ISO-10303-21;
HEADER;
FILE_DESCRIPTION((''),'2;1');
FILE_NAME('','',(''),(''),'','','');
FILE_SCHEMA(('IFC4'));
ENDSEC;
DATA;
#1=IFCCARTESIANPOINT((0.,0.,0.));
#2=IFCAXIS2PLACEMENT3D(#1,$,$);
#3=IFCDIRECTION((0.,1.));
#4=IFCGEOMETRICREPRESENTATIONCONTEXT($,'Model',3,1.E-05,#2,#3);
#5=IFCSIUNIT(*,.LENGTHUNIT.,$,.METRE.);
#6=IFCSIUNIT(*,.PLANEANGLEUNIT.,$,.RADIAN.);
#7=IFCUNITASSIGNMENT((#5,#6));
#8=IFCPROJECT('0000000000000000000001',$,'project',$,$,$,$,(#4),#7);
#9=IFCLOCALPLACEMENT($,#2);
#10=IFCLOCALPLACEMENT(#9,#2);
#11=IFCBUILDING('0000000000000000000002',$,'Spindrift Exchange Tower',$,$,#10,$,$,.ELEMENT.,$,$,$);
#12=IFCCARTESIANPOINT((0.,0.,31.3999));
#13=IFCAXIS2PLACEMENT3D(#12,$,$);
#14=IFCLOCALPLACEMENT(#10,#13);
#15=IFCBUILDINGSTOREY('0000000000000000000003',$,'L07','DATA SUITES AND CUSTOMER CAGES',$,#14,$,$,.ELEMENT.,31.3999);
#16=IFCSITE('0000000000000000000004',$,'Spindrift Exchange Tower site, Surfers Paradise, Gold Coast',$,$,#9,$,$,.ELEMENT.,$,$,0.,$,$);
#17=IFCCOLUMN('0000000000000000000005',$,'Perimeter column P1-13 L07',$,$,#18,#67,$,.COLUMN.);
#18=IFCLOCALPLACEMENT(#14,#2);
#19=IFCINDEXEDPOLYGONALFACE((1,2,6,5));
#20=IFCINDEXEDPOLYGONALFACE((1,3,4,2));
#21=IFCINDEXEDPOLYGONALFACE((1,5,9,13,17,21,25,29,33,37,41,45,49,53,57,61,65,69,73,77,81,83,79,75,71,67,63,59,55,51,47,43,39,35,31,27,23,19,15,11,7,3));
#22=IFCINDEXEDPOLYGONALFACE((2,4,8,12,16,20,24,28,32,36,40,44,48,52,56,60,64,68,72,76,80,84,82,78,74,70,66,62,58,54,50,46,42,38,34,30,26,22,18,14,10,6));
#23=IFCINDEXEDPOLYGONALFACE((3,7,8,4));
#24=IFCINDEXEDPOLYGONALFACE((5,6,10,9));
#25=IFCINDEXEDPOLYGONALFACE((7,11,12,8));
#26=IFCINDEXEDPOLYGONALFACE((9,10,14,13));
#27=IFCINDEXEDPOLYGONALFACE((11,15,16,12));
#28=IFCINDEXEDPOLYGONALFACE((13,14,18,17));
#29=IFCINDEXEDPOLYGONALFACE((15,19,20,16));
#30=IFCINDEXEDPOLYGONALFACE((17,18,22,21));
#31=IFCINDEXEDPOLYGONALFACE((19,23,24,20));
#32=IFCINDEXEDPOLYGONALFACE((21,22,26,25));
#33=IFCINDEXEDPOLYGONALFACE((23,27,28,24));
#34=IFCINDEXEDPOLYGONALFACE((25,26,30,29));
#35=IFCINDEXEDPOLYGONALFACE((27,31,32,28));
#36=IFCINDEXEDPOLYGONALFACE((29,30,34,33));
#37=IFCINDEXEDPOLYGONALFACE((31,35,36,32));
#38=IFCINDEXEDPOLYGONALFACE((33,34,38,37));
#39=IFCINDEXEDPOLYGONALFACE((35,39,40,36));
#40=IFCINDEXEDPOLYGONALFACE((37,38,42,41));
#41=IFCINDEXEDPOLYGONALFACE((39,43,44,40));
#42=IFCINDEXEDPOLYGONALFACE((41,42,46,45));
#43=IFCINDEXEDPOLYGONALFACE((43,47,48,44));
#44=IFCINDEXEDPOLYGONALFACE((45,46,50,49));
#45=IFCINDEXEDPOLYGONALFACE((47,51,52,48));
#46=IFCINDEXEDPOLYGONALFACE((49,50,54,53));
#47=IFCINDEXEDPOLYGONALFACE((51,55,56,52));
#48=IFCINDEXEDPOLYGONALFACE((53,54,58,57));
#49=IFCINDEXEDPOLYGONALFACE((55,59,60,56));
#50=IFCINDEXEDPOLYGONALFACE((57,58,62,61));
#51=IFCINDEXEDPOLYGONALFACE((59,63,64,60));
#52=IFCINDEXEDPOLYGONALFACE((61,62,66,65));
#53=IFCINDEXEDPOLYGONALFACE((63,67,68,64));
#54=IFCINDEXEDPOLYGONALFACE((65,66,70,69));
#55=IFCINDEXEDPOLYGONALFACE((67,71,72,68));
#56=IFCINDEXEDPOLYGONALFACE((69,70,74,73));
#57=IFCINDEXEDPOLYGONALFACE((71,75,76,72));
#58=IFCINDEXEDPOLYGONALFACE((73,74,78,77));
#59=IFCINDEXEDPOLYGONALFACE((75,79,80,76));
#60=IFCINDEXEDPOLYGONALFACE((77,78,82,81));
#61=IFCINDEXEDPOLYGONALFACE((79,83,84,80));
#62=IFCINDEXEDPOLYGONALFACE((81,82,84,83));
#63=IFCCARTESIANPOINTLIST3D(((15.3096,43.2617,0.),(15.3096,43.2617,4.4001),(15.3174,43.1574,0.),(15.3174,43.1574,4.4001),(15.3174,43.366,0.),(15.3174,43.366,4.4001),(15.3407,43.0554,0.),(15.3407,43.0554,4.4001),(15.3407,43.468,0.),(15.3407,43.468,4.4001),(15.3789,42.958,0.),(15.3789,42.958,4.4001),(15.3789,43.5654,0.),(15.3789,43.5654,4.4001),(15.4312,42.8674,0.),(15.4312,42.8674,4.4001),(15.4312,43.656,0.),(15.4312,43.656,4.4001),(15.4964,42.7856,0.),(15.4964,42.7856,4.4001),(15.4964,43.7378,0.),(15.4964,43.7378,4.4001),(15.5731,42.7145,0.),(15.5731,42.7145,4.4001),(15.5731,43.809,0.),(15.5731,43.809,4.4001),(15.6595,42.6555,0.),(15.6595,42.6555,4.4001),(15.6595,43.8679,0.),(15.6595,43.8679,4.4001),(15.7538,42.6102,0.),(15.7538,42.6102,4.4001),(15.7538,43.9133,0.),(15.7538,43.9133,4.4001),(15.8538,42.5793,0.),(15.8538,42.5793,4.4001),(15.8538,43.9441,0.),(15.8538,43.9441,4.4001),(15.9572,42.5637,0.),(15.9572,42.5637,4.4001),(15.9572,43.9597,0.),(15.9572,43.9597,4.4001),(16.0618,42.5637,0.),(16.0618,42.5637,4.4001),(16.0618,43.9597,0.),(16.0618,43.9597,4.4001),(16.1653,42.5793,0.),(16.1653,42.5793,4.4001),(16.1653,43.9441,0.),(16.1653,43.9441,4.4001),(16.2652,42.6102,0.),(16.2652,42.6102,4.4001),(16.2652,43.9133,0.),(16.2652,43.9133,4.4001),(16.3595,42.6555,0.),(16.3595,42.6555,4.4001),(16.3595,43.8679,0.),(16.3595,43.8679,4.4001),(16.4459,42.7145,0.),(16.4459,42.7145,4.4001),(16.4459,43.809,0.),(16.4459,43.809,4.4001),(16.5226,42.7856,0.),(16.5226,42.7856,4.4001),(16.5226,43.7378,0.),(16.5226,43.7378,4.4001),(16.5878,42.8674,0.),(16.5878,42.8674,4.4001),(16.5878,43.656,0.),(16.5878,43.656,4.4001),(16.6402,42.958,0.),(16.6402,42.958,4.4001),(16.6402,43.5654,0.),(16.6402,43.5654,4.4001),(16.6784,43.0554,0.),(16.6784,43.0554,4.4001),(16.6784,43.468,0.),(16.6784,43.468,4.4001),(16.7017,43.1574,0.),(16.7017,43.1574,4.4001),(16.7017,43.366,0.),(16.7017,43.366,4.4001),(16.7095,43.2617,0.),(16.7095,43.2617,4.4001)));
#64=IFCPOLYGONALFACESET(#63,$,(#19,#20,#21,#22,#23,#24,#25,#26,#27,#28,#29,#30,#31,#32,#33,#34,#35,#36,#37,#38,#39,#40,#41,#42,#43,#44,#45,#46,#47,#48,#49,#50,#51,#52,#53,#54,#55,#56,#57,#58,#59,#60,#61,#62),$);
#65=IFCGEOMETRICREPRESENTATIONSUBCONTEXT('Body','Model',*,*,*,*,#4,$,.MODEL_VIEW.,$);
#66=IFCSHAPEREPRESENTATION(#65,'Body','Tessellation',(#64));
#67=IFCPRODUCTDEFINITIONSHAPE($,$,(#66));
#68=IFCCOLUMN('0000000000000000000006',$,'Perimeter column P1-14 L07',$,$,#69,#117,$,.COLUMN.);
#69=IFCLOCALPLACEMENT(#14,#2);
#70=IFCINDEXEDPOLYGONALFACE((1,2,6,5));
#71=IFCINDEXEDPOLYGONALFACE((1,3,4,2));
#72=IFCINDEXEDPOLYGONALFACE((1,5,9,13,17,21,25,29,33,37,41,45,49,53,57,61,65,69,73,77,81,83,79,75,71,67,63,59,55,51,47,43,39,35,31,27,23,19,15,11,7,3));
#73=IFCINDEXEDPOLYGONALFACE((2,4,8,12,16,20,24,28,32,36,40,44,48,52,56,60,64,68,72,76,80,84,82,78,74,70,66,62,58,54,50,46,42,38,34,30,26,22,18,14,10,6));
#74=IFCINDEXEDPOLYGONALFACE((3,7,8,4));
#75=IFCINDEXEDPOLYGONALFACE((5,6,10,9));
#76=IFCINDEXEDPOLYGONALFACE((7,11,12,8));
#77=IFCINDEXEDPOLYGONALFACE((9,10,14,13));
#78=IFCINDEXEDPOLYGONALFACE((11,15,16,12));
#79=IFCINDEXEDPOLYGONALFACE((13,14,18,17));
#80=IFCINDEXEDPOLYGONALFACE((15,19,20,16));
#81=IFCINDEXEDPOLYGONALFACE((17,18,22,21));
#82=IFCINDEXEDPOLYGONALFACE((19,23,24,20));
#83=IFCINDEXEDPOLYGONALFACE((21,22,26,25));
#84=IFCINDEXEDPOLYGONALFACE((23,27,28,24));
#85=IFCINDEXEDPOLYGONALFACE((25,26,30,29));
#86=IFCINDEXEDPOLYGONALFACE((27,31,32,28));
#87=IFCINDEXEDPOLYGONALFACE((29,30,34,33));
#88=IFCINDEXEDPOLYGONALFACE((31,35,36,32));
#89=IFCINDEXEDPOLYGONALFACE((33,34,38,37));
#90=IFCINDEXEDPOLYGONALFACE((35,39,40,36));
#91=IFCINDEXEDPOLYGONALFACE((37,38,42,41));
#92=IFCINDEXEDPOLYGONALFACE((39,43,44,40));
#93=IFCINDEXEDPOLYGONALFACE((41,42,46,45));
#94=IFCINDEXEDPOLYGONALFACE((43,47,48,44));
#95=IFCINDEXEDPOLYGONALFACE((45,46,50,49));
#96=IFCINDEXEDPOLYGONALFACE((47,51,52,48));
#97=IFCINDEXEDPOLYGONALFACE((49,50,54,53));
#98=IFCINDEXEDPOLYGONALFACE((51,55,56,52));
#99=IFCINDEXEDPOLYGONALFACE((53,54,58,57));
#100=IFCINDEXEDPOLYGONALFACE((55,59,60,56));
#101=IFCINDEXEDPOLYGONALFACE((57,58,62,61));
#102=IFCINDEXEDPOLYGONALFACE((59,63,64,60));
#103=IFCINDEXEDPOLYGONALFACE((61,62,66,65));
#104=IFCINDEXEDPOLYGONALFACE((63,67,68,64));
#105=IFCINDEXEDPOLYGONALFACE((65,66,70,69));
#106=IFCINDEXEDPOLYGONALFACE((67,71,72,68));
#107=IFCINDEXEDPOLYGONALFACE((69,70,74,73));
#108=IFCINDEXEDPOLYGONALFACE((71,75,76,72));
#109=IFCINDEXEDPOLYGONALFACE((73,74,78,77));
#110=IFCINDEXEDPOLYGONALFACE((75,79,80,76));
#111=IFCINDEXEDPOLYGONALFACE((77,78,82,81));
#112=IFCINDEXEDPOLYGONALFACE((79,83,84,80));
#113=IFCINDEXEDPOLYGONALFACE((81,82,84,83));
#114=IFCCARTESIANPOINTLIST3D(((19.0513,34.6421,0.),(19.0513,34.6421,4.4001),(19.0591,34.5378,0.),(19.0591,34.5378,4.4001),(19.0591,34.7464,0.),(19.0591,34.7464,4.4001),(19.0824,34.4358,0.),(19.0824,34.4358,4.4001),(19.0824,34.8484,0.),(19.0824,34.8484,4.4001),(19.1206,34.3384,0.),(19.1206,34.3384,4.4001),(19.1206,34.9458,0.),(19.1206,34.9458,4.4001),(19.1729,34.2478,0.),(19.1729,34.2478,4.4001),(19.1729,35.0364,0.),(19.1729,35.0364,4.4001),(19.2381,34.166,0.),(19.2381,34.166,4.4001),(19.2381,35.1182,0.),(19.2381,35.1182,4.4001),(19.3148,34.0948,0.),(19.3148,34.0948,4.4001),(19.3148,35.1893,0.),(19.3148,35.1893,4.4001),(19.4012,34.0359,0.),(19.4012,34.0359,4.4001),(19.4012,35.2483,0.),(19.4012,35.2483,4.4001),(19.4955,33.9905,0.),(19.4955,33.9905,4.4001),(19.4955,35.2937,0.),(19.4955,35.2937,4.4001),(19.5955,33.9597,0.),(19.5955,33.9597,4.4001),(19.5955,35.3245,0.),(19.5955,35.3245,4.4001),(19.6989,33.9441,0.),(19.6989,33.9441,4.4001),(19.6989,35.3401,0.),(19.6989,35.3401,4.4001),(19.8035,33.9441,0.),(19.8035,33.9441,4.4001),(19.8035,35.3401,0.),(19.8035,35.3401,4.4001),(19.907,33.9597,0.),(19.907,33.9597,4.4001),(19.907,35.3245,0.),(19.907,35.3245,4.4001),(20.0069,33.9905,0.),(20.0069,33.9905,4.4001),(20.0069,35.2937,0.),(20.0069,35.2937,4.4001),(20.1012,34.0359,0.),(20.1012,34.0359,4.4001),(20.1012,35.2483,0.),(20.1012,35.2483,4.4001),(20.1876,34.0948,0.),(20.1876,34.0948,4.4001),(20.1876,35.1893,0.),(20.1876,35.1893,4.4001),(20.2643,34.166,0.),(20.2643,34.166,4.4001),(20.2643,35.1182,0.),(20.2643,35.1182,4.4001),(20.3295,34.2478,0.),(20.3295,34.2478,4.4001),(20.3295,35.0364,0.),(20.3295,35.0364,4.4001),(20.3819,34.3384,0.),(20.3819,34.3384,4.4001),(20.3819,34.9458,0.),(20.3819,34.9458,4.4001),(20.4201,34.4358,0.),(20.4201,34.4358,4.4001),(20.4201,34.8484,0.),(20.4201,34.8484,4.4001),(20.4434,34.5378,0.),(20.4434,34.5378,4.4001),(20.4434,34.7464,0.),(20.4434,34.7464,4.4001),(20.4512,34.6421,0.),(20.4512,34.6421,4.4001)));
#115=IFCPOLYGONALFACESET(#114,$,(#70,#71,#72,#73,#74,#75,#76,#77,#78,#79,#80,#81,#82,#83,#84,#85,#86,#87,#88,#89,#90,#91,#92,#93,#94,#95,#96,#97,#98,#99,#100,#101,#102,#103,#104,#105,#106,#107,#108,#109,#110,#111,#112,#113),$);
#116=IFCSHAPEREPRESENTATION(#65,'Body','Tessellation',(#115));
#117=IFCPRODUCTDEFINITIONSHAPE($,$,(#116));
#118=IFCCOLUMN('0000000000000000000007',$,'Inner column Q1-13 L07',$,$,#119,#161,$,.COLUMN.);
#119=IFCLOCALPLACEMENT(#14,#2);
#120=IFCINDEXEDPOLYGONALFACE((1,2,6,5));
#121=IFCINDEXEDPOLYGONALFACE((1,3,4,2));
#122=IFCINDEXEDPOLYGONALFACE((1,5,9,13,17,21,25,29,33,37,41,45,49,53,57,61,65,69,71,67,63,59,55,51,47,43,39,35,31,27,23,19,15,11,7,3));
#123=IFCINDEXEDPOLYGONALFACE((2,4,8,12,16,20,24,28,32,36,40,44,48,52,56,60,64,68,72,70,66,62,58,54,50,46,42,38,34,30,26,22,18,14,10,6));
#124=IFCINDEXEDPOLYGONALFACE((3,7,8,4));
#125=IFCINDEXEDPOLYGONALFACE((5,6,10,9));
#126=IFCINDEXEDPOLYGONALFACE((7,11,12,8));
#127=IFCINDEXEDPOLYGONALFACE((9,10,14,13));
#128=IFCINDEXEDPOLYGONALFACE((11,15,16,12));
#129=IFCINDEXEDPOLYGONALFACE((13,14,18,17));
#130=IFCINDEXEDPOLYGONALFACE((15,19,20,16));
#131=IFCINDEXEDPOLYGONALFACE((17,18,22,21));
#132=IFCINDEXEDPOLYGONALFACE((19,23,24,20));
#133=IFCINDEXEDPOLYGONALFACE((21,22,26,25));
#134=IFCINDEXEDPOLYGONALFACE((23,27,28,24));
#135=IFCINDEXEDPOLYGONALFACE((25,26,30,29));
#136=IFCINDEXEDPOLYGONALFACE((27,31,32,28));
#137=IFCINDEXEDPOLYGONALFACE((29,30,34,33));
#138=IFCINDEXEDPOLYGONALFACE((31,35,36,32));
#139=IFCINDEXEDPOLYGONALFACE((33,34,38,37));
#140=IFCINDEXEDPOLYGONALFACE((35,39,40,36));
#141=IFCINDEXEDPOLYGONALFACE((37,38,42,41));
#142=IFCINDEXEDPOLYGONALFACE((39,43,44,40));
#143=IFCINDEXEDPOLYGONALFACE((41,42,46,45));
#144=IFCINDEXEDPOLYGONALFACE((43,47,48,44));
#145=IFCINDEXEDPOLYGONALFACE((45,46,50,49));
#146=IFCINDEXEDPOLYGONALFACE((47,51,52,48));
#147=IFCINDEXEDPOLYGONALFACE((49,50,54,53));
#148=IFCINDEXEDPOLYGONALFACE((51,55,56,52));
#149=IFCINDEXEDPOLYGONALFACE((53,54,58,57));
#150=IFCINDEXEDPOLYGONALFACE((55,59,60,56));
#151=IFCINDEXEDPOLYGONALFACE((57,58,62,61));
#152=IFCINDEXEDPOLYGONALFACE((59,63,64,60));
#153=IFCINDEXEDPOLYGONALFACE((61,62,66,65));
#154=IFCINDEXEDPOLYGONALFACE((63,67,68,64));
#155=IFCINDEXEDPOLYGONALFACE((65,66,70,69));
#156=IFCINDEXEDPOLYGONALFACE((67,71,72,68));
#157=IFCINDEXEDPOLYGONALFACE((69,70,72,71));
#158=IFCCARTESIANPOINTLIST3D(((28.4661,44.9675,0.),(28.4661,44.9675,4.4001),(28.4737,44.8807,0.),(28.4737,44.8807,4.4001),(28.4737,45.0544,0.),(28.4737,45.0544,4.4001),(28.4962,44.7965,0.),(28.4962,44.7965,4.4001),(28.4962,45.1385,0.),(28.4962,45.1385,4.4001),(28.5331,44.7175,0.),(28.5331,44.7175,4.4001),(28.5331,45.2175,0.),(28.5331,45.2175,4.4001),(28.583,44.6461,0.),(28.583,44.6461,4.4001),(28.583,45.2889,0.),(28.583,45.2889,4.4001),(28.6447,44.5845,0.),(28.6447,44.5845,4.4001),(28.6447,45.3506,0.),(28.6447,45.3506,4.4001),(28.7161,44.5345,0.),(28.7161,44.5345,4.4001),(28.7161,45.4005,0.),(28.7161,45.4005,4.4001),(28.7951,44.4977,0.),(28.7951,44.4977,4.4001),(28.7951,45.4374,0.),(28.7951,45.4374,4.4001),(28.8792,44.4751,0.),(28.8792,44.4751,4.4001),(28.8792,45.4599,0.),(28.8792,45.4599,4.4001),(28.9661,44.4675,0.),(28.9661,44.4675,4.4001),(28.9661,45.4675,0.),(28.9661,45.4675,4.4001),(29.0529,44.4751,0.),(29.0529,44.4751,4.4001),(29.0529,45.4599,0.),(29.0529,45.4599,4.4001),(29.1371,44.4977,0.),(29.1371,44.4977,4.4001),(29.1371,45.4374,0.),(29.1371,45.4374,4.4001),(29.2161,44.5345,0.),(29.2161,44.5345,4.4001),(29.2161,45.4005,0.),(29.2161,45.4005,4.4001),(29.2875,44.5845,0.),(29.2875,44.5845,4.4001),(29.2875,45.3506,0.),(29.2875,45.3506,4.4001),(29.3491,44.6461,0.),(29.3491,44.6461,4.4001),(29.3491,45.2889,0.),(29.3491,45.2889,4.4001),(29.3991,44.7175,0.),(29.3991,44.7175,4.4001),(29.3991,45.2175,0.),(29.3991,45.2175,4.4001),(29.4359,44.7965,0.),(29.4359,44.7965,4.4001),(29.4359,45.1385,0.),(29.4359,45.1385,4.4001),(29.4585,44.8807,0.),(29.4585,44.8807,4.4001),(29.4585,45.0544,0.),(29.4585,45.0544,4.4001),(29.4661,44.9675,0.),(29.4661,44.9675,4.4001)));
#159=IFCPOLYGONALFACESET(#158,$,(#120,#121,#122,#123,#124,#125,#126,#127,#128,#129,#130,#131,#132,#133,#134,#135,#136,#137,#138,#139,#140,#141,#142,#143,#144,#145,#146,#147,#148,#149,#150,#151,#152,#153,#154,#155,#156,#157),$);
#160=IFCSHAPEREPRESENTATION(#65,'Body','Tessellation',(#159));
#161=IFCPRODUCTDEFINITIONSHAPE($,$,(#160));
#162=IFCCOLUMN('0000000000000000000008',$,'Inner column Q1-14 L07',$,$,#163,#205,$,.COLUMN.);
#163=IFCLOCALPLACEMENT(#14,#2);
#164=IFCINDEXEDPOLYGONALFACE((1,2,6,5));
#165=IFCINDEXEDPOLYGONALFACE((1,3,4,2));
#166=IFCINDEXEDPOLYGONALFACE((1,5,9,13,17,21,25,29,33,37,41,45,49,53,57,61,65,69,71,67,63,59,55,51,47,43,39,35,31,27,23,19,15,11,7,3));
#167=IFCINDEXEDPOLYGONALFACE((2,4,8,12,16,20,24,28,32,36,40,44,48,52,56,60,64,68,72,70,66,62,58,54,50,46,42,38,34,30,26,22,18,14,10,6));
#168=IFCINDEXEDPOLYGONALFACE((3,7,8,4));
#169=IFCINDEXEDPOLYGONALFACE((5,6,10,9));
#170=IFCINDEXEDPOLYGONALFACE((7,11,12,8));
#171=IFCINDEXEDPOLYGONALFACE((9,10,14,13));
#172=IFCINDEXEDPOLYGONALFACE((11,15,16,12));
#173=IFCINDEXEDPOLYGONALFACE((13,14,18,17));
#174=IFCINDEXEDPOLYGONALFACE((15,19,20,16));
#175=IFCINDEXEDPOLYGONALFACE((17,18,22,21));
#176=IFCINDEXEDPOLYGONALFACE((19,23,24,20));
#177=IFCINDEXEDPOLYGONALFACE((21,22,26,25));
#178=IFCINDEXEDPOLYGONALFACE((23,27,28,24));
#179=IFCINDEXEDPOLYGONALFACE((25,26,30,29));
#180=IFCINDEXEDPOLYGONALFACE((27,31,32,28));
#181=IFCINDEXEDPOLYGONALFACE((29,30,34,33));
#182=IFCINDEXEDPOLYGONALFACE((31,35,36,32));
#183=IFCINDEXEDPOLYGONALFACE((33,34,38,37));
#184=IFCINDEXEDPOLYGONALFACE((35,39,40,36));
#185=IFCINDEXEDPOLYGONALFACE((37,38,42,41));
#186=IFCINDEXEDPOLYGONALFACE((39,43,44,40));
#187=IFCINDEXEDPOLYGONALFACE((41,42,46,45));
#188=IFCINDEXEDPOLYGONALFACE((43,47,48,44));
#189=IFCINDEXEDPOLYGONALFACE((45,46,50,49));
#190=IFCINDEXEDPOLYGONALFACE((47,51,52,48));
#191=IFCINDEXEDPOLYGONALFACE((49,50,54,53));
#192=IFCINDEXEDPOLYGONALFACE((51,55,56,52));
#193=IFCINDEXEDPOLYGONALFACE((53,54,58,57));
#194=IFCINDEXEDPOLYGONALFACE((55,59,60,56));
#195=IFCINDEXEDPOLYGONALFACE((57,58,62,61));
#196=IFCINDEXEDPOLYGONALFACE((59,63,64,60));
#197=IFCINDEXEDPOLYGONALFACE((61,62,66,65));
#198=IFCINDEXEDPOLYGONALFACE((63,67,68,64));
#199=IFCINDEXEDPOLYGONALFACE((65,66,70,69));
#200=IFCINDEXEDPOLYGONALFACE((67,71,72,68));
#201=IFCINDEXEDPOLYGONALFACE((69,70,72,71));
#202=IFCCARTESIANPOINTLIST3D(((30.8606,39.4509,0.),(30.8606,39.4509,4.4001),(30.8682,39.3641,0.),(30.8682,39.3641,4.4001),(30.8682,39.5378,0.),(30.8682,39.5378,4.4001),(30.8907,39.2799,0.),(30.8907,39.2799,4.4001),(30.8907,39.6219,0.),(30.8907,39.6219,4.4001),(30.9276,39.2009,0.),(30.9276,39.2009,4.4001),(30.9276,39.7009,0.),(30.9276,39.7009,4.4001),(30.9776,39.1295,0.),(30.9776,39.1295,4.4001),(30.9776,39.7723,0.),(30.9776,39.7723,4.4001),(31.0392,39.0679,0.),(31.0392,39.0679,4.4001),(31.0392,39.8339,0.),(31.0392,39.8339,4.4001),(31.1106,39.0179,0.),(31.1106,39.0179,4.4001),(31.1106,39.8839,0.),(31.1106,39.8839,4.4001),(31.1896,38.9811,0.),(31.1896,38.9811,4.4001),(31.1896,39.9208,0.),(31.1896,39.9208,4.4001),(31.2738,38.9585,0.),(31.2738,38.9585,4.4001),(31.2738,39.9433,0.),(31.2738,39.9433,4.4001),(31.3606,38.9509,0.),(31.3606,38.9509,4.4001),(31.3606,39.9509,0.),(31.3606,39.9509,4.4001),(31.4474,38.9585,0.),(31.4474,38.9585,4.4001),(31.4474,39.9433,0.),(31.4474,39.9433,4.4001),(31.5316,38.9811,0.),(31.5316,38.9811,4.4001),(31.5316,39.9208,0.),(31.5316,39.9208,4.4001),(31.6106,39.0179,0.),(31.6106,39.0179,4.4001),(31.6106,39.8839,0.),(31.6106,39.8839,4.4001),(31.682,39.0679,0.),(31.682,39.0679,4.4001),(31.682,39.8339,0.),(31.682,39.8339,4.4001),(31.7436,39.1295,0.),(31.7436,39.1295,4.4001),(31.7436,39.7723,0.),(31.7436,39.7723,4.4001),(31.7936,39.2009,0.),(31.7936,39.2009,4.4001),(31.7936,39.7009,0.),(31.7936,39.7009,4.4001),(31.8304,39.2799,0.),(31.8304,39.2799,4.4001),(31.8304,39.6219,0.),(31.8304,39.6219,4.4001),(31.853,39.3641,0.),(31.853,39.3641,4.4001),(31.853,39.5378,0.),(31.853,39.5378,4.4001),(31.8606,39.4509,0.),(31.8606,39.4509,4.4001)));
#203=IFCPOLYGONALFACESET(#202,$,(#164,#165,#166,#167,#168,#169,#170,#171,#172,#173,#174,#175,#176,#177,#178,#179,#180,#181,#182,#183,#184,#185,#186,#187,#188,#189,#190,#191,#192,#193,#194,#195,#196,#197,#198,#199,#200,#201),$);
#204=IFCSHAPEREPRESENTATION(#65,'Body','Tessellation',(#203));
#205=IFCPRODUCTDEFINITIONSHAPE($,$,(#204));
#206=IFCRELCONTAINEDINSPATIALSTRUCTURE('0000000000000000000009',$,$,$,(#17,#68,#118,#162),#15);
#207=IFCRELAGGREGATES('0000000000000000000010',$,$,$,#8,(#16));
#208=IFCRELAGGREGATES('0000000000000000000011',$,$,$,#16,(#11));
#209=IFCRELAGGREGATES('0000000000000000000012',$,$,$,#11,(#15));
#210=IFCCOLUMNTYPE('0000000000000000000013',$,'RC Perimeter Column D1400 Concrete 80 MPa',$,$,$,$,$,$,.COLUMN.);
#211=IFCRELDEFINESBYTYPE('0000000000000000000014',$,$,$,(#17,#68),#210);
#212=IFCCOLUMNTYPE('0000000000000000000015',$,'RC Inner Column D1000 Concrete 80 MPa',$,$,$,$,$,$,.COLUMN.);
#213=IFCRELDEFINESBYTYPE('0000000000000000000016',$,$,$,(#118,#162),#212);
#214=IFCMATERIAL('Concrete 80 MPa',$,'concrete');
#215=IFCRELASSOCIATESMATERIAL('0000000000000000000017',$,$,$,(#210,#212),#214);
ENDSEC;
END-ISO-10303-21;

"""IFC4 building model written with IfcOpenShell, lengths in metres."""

from ifc_helpers import new_model, si_unit, direction, frame, origin, origin_2d, place, context, subcontext, project, spatial, circle, extrude, source, transform, mapped, material, material_profile, profile_set, type_object, element, save


model = new_model("IFC4")

# Units and contexts
model_context = context("Model", 3, precision=1e-05, world=origin(), true_north=direction((0.0, 1.0)))
body_context = subcontext(model_context, "Body", "Model", "MODEL_VIEW")
ifc_project = project(units=[si_unit("LENGTHUNIT", "METRE"), si_unit("PLANEANGLEUNIT", "RADIAN")], contexts=[model_context])

# Site, building, storey
site_placement = place(None, origin())
site = spatial("IfcSite", under=ifc_project, at=site_placement, Name="Spindrift Exchange Tower site, Surfers Paradise, Gold Coast", CompositionType="ELEMENT", RefElevation=0.0)
building_placement = place(site_placement, origin())
building = spatial("IfcBuilding", under=site, at=building_placement, Name="Spindrift Exchange Tower", CompositionType="ELEMENT")
storey_placement = place(building_placement, frame((0.0, 0.0, 31.3999)))
storey = spatial("IfcBuildingStorey", under=building, at=storey_placement, Name="L07", Description="DATA SUITES AND CUSTOMER CAGES", CompositionType="ELEMENT", Elevation=31.3999)

# Columns
ifc_material_1 = material(Name="Concrete 80 MPa", Category="concrete")
ifc_material_profile_1 = material_profile(ifc_material_1, circle(Radius=0.7, at=origin_2d()), Name="RC D1400")
ifc_profile_set_1 = profile_set([ifc_material_profile_1], Name="Concrete 80 MPa")
column_type_1 = type_object("IfcColumnType", Name="RC Perimeter Column D1400 Concrete 80 MPa", PredefinedType="COLUMN", material=ifc_profile_set_1)
shared_shape_1 = source(origin(), body_context, "Body", "SweptSolid", [
    extrude(circle(Radius=0.7, at=origin_2d()), origin(), (0.0, 0.0, 1.0), 4.4001),
])
for number, where, z_axis, x_axis, name in (
    (1, (16.0095, 43.2617, 0.0), (0.0, 0.0, 1.0), (1.0, 0.0, 0.0), "Perimeter column P1-13 L07"),
    (2, (19.7512, 34.6421, 0.0), (0.0, 0.0, 1.0), (1.0, 0.0, 0.0), "Perimeter column P1-14 L07"),
):
    element("IfcColumn", number, at=place(storey_placement, frame(where, z_axis=z_axis, x_axis=x_axis)), inside=storey, type_object=column_type_1, Name=name, PredefinedType="COLUMN", context=body_context, shape_type="MappedRepresentation", body=[
        mapped(shared_shape_1, transform((0.0, 0.0, 0.0), scale=1.0)),
    ])
ifc_material_profile_2 = material_profile(ifc_material_1, circle(Radius=0.5, at=origin_2d()), Name="RC D1000")
ifc_profile_set_2 = profile_set([ifc_material_profile_2], Name="Concrete 80 MPa")
column_type_2 = type_object("IfcColumnType", Name="RC Inner Column D1000 Concrete 80 MPa", PredefinedType="COLUMN", material=ifc_profile_set_2)
shared_shape_2 = source(origin(), body_context, "Body", "SweptSolid", [
    extrude(circle(Radius=0.5, at=origin_2d()), origin(), (0.0, 0.0, 1.0), 4.4001),
])
for number, where, z_axis, x_axis, name in (
    (3, (28.9661, 44.9675, 0.0), (0.0, 0.0, 1.0), (1.0, 0.0, 0.0), "Inner column Q1-13 L07"),
    (4, (31.3606, 39.4509, 0.0), (0.0, 0.0, 1.0), (1.0, 0.0, 0.0), "Inner column Q1-14 L07"),
):
    element("IfcColumn", number, at=place(storey_placement, frame(where, z_axis=z_axis, x_axis=x_axis)), inside=storey, type_object=column_type_2, Name=name, PredefinedType="COLUMN", context=body_context, shape_type="MappedRepresentation", body=[
        mapped(shared_shape_2, transform((0.0, 0.0, 0.0), scale=1.0)),
    ])

save(model, "model.ifc")
